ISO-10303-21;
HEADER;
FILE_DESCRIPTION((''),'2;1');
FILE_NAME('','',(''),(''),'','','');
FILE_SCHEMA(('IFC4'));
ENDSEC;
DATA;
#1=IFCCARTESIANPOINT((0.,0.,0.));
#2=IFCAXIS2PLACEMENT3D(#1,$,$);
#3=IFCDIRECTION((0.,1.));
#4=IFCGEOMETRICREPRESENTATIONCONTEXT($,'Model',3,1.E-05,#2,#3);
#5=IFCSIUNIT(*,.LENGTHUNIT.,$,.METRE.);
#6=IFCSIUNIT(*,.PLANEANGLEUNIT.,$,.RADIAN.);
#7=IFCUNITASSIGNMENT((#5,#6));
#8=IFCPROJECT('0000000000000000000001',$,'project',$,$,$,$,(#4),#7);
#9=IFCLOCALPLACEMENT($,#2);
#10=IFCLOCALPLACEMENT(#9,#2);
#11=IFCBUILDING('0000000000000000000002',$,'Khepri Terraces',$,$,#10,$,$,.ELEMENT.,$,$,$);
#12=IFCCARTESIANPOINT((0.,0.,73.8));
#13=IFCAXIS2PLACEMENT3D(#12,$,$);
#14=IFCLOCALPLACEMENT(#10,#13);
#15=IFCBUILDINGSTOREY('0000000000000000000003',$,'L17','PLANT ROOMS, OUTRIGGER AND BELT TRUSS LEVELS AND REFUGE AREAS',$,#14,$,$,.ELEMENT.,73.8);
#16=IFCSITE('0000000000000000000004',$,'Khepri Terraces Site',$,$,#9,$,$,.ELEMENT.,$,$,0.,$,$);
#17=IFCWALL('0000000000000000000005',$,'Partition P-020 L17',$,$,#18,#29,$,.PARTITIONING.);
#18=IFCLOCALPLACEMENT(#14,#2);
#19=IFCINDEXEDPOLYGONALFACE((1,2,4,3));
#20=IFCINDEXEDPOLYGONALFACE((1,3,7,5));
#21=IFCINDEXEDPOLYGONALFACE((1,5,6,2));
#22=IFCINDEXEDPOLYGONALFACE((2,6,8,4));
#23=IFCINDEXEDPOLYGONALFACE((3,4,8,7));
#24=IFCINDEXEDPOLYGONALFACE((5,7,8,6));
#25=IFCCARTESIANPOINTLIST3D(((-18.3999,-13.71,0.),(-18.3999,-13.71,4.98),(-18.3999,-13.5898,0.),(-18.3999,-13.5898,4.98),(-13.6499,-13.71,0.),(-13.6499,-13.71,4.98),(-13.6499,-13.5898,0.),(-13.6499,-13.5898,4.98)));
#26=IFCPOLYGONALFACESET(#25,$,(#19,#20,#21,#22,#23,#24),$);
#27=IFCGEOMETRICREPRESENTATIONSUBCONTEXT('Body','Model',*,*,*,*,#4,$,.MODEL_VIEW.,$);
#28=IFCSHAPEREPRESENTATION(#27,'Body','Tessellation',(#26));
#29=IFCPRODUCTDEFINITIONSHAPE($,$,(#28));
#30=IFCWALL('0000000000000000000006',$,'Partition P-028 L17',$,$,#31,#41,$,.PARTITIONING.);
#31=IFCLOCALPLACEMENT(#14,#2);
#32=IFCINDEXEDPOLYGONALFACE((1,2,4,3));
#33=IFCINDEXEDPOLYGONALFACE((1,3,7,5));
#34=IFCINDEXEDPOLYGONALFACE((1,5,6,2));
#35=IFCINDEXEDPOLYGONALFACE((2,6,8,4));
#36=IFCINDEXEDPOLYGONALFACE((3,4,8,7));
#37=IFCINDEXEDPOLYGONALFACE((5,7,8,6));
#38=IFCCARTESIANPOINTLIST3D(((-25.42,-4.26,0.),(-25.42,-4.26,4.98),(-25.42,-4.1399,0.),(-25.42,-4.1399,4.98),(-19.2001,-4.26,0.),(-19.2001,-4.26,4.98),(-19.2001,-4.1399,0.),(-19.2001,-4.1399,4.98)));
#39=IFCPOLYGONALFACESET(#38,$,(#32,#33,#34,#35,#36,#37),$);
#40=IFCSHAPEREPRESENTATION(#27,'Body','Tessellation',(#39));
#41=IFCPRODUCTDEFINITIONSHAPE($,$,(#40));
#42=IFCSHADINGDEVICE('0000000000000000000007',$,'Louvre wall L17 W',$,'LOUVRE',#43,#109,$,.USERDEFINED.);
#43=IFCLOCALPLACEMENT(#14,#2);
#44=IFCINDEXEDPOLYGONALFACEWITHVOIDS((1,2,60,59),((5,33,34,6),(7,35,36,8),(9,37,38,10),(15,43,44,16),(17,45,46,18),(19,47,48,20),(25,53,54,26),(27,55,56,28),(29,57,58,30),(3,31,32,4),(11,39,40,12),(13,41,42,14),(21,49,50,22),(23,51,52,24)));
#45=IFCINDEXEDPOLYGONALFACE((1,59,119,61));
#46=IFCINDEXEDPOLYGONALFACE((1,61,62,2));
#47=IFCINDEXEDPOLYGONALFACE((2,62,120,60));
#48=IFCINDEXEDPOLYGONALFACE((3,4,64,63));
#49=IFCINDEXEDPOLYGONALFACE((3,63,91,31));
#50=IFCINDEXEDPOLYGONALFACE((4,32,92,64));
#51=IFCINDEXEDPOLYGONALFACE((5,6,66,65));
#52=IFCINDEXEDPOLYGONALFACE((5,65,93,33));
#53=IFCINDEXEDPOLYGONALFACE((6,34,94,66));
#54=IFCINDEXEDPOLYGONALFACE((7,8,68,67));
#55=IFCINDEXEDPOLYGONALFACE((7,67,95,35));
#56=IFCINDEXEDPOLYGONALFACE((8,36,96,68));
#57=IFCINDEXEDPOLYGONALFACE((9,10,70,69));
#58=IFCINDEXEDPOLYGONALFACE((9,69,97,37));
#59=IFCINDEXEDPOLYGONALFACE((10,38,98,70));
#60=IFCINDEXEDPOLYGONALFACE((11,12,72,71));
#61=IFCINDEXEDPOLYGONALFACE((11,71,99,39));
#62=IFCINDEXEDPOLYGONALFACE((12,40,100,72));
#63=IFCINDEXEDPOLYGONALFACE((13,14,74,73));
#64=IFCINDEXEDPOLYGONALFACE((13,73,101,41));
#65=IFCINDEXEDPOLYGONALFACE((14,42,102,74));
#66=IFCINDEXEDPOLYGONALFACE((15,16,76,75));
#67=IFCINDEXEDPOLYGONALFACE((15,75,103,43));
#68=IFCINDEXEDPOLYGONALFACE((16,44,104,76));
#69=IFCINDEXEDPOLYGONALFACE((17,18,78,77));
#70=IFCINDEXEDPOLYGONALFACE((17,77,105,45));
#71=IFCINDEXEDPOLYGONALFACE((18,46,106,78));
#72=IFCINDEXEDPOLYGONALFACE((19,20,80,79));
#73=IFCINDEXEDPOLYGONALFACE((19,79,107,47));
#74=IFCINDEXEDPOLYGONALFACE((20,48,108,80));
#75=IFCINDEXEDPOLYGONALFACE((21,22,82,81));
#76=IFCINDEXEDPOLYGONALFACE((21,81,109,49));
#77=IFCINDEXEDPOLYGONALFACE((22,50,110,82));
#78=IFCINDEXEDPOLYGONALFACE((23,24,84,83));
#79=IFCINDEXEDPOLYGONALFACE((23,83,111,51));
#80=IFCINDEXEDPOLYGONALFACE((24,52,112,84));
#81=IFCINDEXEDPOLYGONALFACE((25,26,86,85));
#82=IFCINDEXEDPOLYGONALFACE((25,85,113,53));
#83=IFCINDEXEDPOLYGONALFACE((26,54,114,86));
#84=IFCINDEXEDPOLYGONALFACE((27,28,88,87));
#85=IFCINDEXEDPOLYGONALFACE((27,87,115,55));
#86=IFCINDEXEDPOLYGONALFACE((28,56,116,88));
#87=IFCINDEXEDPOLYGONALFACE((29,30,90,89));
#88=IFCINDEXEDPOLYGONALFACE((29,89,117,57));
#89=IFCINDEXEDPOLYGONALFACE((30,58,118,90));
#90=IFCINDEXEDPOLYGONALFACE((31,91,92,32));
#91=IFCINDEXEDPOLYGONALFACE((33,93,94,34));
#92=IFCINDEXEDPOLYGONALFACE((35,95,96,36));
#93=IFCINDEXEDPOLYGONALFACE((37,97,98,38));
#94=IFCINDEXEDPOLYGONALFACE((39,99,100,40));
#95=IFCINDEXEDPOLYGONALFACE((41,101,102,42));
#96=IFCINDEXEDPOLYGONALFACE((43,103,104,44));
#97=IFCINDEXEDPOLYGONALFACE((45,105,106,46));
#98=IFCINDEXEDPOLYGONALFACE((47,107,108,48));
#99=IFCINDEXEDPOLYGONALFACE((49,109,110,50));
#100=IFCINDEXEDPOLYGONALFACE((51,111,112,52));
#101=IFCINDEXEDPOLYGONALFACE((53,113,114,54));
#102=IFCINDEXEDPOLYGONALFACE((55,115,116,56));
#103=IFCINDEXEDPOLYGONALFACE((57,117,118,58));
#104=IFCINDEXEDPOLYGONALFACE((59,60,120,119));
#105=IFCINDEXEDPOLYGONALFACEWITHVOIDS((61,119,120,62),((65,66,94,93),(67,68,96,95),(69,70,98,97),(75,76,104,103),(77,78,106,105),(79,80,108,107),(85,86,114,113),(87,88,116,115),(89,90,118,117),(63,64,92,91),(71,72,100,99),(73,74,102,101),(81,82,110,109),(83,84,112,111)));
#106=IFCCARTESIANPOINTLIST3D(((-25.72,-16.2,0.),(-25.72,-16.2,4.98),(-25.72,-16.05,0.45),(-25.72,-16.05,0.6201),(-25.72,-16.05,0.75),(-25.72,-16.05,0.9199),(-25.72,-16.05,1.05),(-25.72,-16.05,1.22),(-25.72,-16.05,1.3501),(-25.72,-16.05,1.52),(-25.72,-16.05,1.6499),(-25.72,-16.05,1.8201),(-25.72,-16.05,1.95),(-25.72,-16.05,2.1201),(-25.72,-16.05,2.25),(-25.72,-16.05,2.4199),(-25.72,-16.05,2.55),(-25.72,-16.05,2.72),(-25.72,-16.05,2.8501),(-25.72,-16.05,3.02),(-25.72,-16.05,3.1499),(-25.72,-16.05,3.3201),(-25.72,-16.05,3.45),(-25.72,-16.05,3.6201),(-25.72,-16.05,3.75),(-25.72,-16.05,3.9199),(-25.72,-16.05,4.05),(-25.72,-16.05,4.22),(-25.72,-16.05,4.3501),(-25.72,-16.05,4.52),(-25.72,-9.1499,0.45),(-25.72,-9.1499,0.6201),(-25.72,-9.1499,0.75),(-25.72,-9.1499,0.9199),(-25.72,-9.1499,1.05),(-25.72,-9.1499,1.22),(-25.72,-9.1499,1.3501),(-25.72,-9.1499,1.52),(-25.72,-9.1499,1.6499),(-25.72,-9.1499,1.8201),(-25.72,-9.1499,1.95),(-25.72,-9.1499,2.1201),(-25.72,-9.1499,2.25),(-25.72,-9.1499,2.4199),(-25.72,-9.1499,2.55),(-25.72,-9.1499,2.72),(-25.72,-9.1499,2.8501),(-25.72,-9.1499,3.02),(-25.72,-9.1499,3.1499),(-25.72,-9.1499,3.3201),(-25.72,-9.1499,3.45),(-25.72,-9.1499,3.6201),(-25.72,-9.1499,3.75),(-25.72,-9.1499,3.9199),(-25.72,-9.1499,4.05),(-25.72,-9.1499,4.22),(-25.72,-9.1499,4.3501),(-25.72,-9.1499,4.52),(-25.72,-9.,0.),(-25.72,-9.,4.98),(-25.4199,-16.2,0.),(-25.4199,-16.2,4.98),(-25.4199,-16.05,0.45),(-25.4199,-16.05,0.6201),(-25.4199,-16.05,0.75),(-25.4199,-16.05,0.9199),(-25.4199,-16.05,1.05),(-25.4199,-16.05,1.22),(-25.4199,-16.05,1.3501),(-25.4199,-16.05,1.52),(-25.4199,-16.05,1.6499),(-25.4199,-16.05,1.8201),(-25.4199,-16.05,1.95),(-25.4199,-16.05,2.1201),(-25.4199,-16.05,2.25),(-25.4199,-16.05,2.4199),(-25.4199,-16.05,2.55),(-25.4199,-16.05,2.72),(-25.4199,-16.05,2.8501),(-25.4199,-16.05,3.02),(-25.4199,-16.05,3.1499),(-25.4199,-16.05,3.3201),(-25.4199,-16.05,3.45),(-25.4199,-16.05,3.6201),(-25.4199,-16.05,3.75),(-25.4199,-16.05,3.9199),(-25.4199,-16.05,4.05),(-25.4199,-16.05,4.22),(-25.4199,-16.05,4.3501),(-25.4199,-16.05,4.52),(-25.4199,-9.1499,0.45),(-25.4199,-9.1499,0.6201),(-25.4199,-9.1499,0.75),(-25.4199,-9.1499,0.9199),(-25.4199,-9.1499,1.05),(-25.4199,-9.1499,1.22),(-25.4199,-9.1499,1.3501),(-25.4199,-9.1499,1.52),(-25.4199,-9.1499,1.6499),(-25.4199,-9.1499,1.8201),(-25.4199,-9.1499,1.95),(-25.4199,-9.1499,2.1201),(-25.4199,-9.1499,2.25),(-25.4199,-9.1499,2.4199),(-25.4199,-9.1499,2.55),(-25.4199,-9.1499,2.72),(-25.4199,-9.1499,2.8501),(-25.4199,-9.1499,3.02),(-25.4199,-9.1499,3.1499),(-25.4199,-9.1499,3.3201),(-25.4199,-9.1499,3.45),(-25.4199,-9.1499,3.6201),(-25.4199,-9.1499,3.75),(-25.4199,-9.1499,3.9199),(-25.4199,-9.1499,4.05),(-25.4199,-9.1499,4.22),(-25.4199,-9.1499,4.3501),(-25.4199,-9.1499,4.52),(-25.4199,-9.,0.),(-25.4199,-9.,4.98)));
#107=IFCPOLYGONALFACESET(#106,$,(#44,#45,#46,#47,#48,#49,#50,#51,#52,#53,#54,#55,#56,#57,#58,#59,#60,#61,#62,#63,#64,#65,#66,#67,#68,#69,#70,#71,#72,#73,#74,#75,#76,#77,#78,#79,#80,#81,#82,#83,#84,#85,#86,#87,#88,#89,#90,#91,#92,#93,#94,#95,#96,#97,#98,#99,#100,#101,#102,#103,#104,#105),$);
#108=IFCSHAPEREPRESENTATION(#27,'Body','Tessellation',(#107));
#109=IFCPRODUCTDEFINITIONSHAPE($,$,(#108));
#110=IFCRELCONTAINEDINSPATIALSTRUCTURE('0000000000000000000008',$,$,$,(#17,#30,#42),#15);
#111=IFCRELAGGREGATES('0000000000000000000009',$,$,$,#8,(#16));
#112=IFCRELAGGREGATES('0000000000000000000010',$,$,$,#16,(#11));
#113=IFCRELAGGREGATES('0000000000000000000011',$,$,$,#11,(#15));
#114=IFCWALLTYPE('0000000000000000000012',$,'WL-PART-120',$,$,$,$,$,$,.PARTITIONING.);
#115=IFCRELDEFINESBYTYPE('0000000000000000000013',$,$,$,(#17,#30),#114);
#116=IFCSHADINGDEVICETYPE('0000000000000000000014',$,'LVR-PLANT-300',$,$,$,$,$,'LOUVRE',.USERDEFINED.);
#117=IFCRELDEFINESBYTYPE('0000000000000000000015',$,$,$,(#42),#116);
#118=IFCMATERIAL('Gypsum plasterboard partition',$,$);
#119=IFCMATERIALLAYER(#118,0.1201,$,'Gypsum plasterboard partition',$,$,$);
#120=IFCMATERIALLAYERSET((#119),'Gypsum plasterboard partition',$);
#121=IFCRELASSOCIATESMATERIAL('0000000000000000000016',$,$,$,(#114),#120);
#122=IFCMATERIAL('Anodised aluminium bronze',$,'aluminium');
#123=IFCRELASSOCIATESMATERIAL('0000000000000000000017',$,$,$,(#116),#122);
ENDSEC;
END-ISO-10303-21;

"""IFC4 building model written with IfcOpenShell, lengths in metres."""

from ifc_helpers import new_model, si_unit, direction, frame, frame_2d, origin, place, context, subcontext, project, spatial, polyline, rectangle, outline, extrude, material, layer, layer_set, type_object, element, save


model = new_model("IFC4")

# Units and contexts
model_context = context("Model", 3, precision=1e-05, world=origin(), true_north=direction((0.0, 1.0)))
body_context = subcontext(model_context, "Body", "Model", "MODEL_VIEW")
ifc_project = project(units=[si_unit("LENGTHUNIT", "METRE"), si_unit("PLANEANGLEUNIT", "RADIAN")], contexts=[model_context])

# Site, building, storey
site_placement = place(None, origin())
site = spatial("IfcSite", under=ifc_project, at=site_placement, Name="Khepri Terraces Site", CompositionType="ELEMENT", RefElevation=0.0)
building_placement = place(site_placement, origin())
building = spatial("IfcBuilding", under=site, at=building_placement, Name="Khepri Terraces", CompositionType="ELEMENT")
storey_placement = place(building_placement, frame((0.0, 0.0, 73.8)))
storey = spatial("IfcBuildingStorey", under=building, at=storey_placement, Name="L17", Description="PLANT ROOMS, OUTRIGGER AND BELT TRUSS LEVELS AND REFUGE AREAS", CompositionType="ELEMENT", Elevation=73.8)

# Walls
ifc_material_1 = material(Name="Gypsum plasterboard partition")
ifc_layer_1 = layer(ifc_material_1, 0.1201, Name="Gypsum plasterboard partition")
ifc_layer_set_1 = layer_set([ifc_layer_1], Name="Gypsum plasterboard partition")
wall_type_1 = type_object("IfcWallType", Name="WL-PART-120", PredefinedType="PARTITIONING", material=ifc_layer_set_1)
wall_1_placement = place(storey_placement, frame((-18.3999, -13.6499, 0.0), z_axis=(0.0, 0.0, 1.0), x_axis=(1.0, 0.0, 0.0)))
element("IfcWall", 1, at=wall_1_placement, inside=storey, type_object=wall_type_1, Name="Partition P-020 L17", PredefinedType="PARTITIONING", context=body_context, shape_type="SweptSolid", body=[
    extrude(rectangle(XDim=4.75, YDim=0.1201, at=frame_2d((2.375, 0.0))), origin(), (0.0, 0.0, 1.0), 4.98),
])
wall_2_placement = place(storey_placement, frame((-25.4199, -4.2, 0.0), z_axis=(0.0, 0.0, 1.0), x_axis=(1.0, 0.0, 0.0)))
element("IfcWall", 2, at=wall_2_placement, inside=storey, type_object=wall_type_1, Name="Partition P-028 L17", PredefinedType="PARTITIONING", context=body_context, shape_type="SweptSolid", body=[
    extrude(rectangle(XDim=6.22, YDim=0.1201, at=frame_2d((3.1099, 0.0))), origin(), (0.0, 0.0, 1.0), 4.98),
])

# Shading device
ifc_material_2 = material(Name="Anodised aluminium bronze", Category="aluminium")
shading_device_type = type_object("IfcShadingDeviceType", Name="LVR-PLANT-300", ElementType="LOUVRE", PredefinedType="USERDEFINED", material=ifc_material_2)
shading_device_placement = place(storey_placement, frame((-25.4199, -9.0, 0.0), z_axis=(-1.0, 0.0, 0.0), x_axis=(0.0, -1.0, 0.0)))
element("IfcShadingDevice", 3, at=shading_device_placement, inside=storey, type_object=shading_device_type, Name="Louvre wall L17 W", ObjectType="LOUVRE", PredefinedType="USERDEFINED", context=body_context, shape_type="SweptSolid", body=[
    extrude(outline(polyline([(0.0, 0.0), (7.2, 0.0), (7.2, 4.98), (0.0, 4.98), (0.0, 0.0)]), holes=[polyline([(0.1499, 0.45), (7.05, 0.45), (7.05, 0.6201), (0.1499, 0.6201), (0.1499, 0.45)]), polyline([(0.1499, 0.75), (7.05, 0.75), (7.05, 0.9199), (0.1499, 0.9199), (0.1499, 0.75)]), polyline([(0.1499, 1.05), (7.05, 1.05), (7.05, 1.22), (0.1499, 1.22), (0.1499, 1.05)]), polyline([(0.1499, 1.3501), (7.05, 1.3501), (7.05, 1.52), (0.1499, 1.52), (0.1499, 1.3501)]), polyline([(0.1499, 1.6499), (7.05, 1.6499), (7.05, 1.8201), (0.1499, 1.8201), (0.1499, 1.6499)]), polyline([(0.1499, 1.95), (7.05, 1.95), (7.05, 2.1201), (0.1499, 2.1201), (0.1499, 1.95)]), polyline([(0.1499, 2.25), (7.05, 2.25), (7.05, 2.4199), (0.1499, 2.4199), (0.1499, 2.25)]), polyline([(0.1499, 2.55), (7.05, 2.55), (7.05, 2.72), (0.1499, 2.72), (0.1499, 2.55)]), polyline([(0.1499, 2.8501), (7.05, 2.8501), (7.05, 3.02), (0.1499, 3.02), (0.1499, 2.8501)]), polyline([(0.1499, 3.1499), (7.05, 3.1499), (7.05, 3.3201), (0.1499, 3.3201), (0.1499, 3.1499)]), polyline([(0.1499, 3.45), (7.05, 3.45), (7.05, 3.6201), (0.1499, 3.6201), (0.1499, 3.45)]), polyline([(0.1499, 3.75), (7.05, 3.75), (7.05, 3.9199), (0.1499, 3.9199), (0.1499, 3.75)]), polyline([(0.1499, 4.05), (7.05, 4.05), (7.05, 4.22), (0.1499, 4.22), (0.1499, 4.05)]), polyline([(0.1499, 4.3501), (7.05, 4.3501), (7.05, 4.52), (0.1499, 4.52), (0.1499, 4.3501)])]), origin(), (0.0, 0.0, 1.0), 0.3),
])

save(model, "model.ifc")
